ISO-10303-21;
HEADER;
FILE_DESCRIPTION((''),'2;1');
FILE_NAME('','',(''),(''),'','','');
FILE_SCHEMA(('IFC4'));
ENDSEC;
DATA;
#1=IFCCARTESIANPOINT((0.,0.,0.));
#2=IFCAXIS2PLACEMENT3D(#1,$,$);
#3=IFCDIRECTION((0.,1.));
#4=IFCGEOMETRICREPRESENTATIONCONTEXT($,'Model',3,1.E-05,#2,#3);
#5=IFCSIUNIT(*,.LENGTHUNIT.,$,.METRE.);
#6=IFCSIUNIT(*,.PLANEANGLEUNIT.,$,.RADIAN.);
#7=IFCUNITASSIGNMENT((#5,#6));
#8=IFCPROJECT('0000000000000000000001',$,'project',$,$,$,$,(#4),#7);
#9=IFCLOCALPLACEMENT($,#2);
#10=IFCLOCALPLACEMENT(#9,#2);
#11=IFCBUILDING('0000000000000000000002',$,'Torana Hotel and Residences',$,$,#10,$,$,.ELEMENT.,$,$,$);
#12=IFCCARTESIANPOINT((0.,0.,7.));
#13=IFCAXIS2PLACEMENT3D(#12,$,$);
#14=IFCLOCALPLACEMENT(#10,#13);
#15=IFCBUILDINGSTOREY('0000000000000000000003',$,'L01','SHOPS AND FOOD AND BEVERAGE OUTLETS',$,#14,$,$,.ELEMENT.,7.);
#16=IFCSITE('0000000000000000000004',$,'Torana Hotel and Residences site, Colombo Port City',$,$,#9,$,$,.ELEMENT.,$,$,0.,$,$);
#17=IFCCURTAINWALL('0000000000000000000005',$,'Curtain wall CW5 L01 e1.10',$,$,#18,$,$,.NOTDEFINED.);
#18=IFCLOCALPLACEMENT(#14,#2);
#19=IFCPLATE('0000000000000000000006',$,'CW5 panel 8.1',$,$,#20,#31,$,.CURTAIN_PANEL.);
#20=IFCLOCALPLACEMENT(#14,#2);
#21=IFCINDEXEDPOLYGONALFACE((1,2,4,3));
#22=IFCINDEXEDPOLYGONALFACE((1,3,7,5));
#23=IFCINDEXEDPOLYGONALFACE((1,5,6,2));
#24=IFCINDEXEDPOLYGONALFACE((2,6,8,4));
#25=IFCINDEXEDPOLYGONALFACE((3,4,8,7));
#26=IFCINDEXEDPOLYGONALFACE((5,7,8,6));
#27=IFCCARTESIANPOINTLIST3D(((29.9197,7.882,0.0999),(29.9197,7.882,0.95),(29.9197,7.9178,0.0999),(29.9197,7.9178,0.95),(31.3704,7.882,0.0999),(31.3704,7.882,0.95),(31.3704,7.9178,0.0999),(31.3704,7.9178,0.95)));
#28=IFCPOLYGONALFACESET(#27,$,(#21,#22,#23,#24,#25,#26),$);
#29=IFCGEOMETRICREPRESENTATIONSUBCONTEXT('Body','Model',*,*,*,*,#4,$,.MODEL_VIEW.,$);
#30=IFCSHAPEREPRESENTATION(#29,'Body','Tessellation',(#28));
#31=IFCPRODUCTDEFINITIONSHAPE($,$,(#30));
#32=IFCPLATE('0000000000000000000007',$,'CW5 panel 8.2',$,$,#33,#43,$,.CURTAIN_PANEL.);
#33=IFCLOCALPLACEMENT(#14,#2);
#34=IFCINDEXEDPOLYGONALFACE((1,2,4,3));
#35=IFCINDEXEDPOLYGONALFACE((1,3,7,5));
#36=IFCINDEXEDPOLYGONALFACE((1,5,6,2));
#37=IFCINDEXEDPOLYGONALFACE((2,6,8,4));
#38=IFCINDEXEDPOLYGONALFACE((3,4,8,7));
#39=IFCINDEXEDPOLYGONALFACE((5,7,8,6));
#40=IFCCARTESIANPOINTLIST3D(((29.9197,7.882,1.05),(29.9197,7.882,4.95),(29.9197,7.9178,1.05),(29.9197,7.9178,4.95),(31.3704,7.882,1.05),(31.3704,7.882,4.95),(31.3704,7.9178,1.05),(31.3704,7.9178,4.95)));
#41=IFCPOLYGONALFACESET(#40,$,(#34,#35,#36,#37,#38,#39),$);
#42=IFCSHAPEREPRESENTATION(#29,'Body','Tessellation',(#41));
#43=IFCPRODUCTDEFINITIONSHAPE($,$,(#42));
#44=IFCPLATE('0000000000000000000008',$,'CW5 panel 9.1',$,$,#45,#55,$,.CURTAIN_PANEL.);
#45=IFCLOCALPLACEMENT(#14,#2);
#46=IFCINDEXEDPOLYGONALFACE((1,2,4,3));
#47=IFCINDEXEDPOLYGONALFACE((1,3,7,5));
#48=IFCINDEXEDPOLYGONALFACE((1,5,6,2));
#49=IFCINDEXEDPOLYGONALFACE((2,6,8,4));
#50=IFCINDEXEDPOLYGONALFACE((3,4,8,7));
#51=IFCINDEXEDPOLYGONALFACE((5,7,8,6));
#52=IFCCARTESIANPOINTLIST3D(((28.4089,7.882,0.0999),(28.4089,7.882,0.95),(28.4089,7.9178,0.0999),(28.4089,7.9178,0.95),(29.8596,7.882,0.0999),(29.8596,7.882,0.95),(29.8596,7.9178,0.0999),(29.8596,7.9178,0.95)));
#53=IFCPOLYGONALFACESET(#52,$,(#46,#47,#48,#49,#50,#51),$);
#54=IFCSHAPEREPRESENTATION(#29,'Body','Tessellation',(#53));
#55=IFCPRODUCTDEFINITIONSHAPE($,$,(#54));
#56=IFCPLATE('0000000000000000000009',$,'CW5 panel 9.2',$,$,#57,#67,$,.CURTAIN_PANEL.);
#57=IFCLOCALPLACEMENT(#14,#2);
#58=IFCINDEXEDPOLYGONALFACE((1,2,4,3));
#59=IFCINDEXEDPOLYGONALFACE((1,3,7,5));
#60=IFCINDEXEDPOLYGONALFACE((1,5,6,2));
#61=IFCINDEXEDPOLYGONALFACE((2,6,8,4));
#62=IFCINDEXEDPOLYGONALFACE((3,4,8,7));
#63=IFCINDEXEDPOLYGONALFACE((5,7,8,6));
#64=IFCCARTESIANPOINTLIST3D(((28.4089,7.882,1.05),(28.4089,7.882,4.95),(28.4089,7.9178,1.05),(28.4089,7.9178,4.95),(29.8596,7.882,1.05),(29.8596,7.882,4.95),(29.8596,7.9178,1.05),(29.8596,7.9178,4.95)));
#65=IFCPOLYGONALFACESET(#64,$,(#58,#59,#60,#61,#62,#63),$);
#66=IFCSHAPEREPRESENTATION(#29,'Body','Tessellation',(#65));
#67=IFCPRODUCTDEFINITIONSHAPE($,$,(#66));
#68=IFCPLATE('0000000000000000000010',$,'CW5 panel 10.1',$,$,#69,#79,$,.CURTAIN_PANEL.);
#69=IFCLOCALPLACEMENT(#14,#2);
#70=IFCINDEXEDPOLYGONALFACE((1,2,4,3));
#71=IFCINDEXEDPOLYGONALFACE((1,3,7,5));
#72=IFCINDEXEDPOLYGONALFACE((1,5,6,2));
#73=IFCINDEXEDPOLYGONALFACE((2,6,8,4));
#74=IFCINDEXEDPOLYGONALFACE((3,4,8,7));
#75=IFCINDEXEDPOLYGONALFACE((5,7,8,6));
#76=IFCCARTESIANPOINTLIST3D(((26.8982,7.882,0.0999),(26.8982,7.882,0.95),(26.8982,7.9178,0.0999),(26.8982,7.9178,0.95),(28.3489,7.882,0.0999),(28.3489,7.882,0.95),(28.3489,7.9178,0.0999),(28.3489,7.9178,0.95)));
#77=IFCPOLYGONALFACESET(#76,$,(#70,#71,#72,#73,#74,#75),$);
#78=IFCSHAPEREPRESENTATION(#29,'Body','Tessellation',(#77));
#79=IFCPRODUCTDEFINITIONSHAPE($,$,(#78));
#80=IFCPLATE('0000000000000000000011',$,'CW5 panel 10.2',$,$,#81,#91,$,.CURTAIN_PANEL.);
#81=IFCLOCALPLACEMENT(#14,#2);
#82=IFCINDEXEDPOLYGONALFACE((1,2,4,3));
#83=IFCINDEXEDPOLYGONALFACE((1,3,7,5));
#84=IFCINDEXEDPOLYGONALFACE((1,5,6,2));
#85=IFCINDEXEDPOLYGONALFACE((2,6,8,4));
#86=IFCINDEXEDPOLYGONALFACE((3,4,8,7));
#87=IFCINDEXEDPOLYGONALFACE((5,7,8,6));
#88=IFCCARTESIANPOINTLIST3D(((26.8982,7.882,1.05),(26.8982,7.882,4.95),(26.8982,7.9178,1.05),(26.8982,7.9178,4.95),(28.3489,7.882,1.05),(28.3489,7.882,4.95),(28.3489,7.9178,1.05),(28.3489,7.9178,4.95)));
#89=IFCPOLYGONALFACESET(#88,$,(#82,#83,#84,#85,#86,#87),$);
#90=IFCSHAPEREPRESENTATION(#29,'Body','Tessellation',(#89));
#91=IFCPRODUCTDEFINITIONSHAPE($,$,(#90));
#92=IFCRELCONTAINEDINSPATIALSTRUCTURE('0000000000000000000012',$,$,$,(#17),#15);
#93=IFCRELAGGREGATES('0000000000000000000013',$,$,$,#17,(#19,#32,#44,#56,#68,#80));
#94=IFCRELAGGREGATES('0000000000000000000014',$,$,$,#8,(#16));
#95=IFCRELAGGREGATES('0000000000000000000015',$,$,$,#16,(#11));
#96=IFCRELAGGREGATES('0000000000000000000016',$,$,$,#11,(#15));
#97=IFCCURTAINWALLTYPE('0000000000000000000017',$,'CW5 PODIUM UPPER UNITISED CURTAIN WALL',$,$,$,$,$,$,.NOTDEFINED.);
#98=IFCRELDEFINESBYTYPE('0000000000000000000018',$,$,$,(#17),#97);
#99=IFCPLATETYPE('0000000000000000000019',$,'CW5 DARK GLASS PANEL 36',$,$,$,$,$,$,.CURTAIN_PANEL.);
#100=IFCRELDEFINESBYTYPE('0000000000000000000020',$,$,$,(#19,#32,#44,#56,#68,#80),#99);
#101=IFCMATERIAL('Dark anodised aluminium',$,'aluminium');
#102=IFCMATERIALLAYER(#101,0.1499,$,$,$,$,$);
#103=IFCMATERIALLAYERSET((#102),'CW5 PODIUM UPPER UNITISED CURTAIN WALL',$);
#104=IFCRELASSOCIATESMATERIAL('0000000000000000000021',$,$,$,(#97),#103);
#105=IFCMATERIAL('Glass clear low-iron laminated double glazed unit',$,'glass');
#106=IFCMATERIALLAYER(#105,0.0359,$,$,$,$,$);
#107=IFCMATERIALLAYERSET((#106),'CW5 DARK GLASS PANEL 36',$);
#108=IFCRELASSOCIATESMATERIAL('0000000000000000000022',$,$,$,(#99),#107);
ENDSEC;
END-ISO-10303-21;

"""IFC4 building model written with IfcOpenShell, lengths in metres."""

from ifc_helpers import new_model, si_unit, direction, frame, origin, origin_2d, place, context, subcontext, project, spatial, rectangle, extrude, material, layer, layer_set, type_object, element, aggregate, save


model = new_model("IFC4")

# Units and contexts
model_context = context("Model", 3, precision=1e-05, world=origin(), true_north=direction((0.0, 1.0)))
body_context = subcontext(model_context, "Body", "Model", "MODEL_VIEW")
ifc_project = project(units=[si_unit("LENGTHUNIT", "METRE"), si_unit("PLANEANGLEUNIT", "RADIAN")], contexts=[model_context])

# Site, building, storey
site_placement = place(None, origin())
site = spatial("IfcSite", under=ifc_project, at=site_placement, Name="Torana Hotel and Residences site, Colombo Port City", CompositionType="ELEMENT", RefElevation=0.0)
building_placement = place(site_placement, origin())
building = spatial("IfcBuilding", under=site, at=building_placement, Name="Torana Hotel and Residences", CompositionType="ELEMENT")
storey_placement = place(building_placement, frame((0.0, 0.0, 7.0)))
storey = spatial("IfcBuildingStorey", under=building, at=storey_placement, Name="L01", Description="SHOPS AND FOOD AND BEVERAGE OUTLETS", CompositionType="ELEMENT", Elevation=7.0)

# Curtain wall, plates
ifc_material_1 = material(Name="Dark anodised aluminium", Category="aluminium")
ifc_layer_1 = layer(ifc_material_1, 0.1499)
ifc_layer_set_1 = layer_set([ifc_layer_1], Name="CW5 PODIUM UPPER UNITISED CURTAIN WALL")
curtain_wall_type = type_object("IfcCurtainWallType", Name="CW5 PODIUM UPPER UNITISED CURTAIN WALL", PredefinedType="NOTDEFINED", material=ifc_layer_set_1)
curtain_wall_placement = place(storey_placement, origin())
curtain_wall = element("IfcCurtainWall", 1, at=curtain_wall_placement, inside=storey, type_object=curtain_wall_type, Name="Curtain wall CW5 L01 e1.10", PredefinedType="NOTDEFINED")
ifc_material_2 = material(Name="Glass clear low-iron laminated double glazed unit", Category="glass")
ifc_layer_2 = layer(ifc_material_2, 0.0359)
ifc_layer_set_2 = layer_set([ifc_layer_2], Name="CW5 DARK GLASS PANEL 36")
plate_type = type_object("IfcPlateType", Name="CW5 DARK GLASS PANEL 36", PredefinedType="CURTAIN_PANEL", material=ifc_layer_set_2)
plate_1_placement = place(storey_placement, frame((30.645, 7.8999, 0.0999), z_axis=(0.0, 0.0, 1.0), x_axis=(-1.0, 0.0, 0.0)))
plate_1 = element("IfcPlate", 2, at=plate_1_placement, type_object=plate_type, Name="CW5 panel 8.1", PredefinedType="CURTAIN_PANEL", context=body_context, shape_type="SweptSolid", body=[
    extrude(rectangle(XDim=1.4507, YDim=0.0359, at=origin_2d()), origin(), (0.0, 0.0, 1.0), 0.8501),
])
plate_2_placement = place(storey_placement, frame((30.645, 7.8999, 1.05), z_axis=(0.0, 0.0, 1.0), x_axis=(-1.0, 0.0, 0.0)))
plate_2 = element("IfcPlate", 3, at=plate_2_placement, type_object=plate_type, Name="CW5 panel 8.2", PredefinedType="CURTAIN_PANEL", context=body_context, shape_type="SweptSolid", body=[
    extrude(rectangle(XDim=1.4507, YDim=0.0359, at=origin_2d()), origin(), (0.0, 0.0, 1.0), 3.8999),
])
plate_3_placement = place(storey_placement, frame((29.1343, 7.8999, 0.0999), z_axis=(0.0, 0.0, 1.0), x_axis=(-1.0, 0.0, 0.0)))
plate_3 = element("IfcPlate", 4, at=plate_3_placement, type_object=plate_type, Name="CW5 panel 9.1", PredefinedType="CURTAIN_PANEL", context=body_context, shape_type="SweptSolid", body=[
    extrude(rectangle(XDim=1.4507, YDim=0.0359, at=origin_2d()), origin(), (0.0, 0.0, 1.0), 0.8501),
])
plate_4_placement = place(storey_placement, frame((29.1343, 7.8999, 1.05), z_axis=(0.0, 0.0, 1.0), x_axis=(-1.0, 0.0, 0.0)))
plate_4 = element("IfcPlate", 5, at=plate_4_placement, type_object=plate_type, Name="CW5 panel 9.2", PredefinedType="CURTAIN_PANEL", context=body_context, shape_type="SweptSolid", body=[
    extrude(rectangle(XDim=1.4507, YDim=0.0359, at=origin_2d()), origin(), (0.0, 0.0, 1.0), 3.8999),
])
plate_5_placement = place(storey_placement, frame((27.6235, 7.8999, 0.0999), z_axis=(0.0, 0.0, 1.0), x_axis=(-1.0, 0.0, 0.0)))
plate_5 = element("IfcPlate", 6, at=plate_5_placement, type_object=plate_type, Name="CW5 panel 10.1", PredefinedType="CURTAIN_PANEL", context=body_context, shape_type="SweptSolid", body=[
    extrude(rectangle(XDim=1.4507, YDim=0.0359, at=origin_2d()), origin(), (0.0, 0.0, 1.0), 0.8501),
])
plate_6_placement = place(storey_placement, frame((27.6235, 7.8999, 1.05), z_axis=(0.0, 0.0, 1.0), x_axis=(-1.0, 0.0, 0.0)))
plate_6 = element("IfcPlate", 7, at=plate_6_placement, type_object=plate_type, Name="CW5 panel 10.2", PredefinedType="CURTAIN_PANEL", context=body_context, shape_type="SweptSolid", body=[
    extrude(rectangle(XDim=1.4507, YDim=0.0359, at=origin_2d()), origin(), (0.0, 0.0, 1.0), 3.8999),
])
aggregate(curtain_wall, [plate_1, plate_2, plate_3, plate_4, plate_5, plate_6])

save(model, "model.ifc")
